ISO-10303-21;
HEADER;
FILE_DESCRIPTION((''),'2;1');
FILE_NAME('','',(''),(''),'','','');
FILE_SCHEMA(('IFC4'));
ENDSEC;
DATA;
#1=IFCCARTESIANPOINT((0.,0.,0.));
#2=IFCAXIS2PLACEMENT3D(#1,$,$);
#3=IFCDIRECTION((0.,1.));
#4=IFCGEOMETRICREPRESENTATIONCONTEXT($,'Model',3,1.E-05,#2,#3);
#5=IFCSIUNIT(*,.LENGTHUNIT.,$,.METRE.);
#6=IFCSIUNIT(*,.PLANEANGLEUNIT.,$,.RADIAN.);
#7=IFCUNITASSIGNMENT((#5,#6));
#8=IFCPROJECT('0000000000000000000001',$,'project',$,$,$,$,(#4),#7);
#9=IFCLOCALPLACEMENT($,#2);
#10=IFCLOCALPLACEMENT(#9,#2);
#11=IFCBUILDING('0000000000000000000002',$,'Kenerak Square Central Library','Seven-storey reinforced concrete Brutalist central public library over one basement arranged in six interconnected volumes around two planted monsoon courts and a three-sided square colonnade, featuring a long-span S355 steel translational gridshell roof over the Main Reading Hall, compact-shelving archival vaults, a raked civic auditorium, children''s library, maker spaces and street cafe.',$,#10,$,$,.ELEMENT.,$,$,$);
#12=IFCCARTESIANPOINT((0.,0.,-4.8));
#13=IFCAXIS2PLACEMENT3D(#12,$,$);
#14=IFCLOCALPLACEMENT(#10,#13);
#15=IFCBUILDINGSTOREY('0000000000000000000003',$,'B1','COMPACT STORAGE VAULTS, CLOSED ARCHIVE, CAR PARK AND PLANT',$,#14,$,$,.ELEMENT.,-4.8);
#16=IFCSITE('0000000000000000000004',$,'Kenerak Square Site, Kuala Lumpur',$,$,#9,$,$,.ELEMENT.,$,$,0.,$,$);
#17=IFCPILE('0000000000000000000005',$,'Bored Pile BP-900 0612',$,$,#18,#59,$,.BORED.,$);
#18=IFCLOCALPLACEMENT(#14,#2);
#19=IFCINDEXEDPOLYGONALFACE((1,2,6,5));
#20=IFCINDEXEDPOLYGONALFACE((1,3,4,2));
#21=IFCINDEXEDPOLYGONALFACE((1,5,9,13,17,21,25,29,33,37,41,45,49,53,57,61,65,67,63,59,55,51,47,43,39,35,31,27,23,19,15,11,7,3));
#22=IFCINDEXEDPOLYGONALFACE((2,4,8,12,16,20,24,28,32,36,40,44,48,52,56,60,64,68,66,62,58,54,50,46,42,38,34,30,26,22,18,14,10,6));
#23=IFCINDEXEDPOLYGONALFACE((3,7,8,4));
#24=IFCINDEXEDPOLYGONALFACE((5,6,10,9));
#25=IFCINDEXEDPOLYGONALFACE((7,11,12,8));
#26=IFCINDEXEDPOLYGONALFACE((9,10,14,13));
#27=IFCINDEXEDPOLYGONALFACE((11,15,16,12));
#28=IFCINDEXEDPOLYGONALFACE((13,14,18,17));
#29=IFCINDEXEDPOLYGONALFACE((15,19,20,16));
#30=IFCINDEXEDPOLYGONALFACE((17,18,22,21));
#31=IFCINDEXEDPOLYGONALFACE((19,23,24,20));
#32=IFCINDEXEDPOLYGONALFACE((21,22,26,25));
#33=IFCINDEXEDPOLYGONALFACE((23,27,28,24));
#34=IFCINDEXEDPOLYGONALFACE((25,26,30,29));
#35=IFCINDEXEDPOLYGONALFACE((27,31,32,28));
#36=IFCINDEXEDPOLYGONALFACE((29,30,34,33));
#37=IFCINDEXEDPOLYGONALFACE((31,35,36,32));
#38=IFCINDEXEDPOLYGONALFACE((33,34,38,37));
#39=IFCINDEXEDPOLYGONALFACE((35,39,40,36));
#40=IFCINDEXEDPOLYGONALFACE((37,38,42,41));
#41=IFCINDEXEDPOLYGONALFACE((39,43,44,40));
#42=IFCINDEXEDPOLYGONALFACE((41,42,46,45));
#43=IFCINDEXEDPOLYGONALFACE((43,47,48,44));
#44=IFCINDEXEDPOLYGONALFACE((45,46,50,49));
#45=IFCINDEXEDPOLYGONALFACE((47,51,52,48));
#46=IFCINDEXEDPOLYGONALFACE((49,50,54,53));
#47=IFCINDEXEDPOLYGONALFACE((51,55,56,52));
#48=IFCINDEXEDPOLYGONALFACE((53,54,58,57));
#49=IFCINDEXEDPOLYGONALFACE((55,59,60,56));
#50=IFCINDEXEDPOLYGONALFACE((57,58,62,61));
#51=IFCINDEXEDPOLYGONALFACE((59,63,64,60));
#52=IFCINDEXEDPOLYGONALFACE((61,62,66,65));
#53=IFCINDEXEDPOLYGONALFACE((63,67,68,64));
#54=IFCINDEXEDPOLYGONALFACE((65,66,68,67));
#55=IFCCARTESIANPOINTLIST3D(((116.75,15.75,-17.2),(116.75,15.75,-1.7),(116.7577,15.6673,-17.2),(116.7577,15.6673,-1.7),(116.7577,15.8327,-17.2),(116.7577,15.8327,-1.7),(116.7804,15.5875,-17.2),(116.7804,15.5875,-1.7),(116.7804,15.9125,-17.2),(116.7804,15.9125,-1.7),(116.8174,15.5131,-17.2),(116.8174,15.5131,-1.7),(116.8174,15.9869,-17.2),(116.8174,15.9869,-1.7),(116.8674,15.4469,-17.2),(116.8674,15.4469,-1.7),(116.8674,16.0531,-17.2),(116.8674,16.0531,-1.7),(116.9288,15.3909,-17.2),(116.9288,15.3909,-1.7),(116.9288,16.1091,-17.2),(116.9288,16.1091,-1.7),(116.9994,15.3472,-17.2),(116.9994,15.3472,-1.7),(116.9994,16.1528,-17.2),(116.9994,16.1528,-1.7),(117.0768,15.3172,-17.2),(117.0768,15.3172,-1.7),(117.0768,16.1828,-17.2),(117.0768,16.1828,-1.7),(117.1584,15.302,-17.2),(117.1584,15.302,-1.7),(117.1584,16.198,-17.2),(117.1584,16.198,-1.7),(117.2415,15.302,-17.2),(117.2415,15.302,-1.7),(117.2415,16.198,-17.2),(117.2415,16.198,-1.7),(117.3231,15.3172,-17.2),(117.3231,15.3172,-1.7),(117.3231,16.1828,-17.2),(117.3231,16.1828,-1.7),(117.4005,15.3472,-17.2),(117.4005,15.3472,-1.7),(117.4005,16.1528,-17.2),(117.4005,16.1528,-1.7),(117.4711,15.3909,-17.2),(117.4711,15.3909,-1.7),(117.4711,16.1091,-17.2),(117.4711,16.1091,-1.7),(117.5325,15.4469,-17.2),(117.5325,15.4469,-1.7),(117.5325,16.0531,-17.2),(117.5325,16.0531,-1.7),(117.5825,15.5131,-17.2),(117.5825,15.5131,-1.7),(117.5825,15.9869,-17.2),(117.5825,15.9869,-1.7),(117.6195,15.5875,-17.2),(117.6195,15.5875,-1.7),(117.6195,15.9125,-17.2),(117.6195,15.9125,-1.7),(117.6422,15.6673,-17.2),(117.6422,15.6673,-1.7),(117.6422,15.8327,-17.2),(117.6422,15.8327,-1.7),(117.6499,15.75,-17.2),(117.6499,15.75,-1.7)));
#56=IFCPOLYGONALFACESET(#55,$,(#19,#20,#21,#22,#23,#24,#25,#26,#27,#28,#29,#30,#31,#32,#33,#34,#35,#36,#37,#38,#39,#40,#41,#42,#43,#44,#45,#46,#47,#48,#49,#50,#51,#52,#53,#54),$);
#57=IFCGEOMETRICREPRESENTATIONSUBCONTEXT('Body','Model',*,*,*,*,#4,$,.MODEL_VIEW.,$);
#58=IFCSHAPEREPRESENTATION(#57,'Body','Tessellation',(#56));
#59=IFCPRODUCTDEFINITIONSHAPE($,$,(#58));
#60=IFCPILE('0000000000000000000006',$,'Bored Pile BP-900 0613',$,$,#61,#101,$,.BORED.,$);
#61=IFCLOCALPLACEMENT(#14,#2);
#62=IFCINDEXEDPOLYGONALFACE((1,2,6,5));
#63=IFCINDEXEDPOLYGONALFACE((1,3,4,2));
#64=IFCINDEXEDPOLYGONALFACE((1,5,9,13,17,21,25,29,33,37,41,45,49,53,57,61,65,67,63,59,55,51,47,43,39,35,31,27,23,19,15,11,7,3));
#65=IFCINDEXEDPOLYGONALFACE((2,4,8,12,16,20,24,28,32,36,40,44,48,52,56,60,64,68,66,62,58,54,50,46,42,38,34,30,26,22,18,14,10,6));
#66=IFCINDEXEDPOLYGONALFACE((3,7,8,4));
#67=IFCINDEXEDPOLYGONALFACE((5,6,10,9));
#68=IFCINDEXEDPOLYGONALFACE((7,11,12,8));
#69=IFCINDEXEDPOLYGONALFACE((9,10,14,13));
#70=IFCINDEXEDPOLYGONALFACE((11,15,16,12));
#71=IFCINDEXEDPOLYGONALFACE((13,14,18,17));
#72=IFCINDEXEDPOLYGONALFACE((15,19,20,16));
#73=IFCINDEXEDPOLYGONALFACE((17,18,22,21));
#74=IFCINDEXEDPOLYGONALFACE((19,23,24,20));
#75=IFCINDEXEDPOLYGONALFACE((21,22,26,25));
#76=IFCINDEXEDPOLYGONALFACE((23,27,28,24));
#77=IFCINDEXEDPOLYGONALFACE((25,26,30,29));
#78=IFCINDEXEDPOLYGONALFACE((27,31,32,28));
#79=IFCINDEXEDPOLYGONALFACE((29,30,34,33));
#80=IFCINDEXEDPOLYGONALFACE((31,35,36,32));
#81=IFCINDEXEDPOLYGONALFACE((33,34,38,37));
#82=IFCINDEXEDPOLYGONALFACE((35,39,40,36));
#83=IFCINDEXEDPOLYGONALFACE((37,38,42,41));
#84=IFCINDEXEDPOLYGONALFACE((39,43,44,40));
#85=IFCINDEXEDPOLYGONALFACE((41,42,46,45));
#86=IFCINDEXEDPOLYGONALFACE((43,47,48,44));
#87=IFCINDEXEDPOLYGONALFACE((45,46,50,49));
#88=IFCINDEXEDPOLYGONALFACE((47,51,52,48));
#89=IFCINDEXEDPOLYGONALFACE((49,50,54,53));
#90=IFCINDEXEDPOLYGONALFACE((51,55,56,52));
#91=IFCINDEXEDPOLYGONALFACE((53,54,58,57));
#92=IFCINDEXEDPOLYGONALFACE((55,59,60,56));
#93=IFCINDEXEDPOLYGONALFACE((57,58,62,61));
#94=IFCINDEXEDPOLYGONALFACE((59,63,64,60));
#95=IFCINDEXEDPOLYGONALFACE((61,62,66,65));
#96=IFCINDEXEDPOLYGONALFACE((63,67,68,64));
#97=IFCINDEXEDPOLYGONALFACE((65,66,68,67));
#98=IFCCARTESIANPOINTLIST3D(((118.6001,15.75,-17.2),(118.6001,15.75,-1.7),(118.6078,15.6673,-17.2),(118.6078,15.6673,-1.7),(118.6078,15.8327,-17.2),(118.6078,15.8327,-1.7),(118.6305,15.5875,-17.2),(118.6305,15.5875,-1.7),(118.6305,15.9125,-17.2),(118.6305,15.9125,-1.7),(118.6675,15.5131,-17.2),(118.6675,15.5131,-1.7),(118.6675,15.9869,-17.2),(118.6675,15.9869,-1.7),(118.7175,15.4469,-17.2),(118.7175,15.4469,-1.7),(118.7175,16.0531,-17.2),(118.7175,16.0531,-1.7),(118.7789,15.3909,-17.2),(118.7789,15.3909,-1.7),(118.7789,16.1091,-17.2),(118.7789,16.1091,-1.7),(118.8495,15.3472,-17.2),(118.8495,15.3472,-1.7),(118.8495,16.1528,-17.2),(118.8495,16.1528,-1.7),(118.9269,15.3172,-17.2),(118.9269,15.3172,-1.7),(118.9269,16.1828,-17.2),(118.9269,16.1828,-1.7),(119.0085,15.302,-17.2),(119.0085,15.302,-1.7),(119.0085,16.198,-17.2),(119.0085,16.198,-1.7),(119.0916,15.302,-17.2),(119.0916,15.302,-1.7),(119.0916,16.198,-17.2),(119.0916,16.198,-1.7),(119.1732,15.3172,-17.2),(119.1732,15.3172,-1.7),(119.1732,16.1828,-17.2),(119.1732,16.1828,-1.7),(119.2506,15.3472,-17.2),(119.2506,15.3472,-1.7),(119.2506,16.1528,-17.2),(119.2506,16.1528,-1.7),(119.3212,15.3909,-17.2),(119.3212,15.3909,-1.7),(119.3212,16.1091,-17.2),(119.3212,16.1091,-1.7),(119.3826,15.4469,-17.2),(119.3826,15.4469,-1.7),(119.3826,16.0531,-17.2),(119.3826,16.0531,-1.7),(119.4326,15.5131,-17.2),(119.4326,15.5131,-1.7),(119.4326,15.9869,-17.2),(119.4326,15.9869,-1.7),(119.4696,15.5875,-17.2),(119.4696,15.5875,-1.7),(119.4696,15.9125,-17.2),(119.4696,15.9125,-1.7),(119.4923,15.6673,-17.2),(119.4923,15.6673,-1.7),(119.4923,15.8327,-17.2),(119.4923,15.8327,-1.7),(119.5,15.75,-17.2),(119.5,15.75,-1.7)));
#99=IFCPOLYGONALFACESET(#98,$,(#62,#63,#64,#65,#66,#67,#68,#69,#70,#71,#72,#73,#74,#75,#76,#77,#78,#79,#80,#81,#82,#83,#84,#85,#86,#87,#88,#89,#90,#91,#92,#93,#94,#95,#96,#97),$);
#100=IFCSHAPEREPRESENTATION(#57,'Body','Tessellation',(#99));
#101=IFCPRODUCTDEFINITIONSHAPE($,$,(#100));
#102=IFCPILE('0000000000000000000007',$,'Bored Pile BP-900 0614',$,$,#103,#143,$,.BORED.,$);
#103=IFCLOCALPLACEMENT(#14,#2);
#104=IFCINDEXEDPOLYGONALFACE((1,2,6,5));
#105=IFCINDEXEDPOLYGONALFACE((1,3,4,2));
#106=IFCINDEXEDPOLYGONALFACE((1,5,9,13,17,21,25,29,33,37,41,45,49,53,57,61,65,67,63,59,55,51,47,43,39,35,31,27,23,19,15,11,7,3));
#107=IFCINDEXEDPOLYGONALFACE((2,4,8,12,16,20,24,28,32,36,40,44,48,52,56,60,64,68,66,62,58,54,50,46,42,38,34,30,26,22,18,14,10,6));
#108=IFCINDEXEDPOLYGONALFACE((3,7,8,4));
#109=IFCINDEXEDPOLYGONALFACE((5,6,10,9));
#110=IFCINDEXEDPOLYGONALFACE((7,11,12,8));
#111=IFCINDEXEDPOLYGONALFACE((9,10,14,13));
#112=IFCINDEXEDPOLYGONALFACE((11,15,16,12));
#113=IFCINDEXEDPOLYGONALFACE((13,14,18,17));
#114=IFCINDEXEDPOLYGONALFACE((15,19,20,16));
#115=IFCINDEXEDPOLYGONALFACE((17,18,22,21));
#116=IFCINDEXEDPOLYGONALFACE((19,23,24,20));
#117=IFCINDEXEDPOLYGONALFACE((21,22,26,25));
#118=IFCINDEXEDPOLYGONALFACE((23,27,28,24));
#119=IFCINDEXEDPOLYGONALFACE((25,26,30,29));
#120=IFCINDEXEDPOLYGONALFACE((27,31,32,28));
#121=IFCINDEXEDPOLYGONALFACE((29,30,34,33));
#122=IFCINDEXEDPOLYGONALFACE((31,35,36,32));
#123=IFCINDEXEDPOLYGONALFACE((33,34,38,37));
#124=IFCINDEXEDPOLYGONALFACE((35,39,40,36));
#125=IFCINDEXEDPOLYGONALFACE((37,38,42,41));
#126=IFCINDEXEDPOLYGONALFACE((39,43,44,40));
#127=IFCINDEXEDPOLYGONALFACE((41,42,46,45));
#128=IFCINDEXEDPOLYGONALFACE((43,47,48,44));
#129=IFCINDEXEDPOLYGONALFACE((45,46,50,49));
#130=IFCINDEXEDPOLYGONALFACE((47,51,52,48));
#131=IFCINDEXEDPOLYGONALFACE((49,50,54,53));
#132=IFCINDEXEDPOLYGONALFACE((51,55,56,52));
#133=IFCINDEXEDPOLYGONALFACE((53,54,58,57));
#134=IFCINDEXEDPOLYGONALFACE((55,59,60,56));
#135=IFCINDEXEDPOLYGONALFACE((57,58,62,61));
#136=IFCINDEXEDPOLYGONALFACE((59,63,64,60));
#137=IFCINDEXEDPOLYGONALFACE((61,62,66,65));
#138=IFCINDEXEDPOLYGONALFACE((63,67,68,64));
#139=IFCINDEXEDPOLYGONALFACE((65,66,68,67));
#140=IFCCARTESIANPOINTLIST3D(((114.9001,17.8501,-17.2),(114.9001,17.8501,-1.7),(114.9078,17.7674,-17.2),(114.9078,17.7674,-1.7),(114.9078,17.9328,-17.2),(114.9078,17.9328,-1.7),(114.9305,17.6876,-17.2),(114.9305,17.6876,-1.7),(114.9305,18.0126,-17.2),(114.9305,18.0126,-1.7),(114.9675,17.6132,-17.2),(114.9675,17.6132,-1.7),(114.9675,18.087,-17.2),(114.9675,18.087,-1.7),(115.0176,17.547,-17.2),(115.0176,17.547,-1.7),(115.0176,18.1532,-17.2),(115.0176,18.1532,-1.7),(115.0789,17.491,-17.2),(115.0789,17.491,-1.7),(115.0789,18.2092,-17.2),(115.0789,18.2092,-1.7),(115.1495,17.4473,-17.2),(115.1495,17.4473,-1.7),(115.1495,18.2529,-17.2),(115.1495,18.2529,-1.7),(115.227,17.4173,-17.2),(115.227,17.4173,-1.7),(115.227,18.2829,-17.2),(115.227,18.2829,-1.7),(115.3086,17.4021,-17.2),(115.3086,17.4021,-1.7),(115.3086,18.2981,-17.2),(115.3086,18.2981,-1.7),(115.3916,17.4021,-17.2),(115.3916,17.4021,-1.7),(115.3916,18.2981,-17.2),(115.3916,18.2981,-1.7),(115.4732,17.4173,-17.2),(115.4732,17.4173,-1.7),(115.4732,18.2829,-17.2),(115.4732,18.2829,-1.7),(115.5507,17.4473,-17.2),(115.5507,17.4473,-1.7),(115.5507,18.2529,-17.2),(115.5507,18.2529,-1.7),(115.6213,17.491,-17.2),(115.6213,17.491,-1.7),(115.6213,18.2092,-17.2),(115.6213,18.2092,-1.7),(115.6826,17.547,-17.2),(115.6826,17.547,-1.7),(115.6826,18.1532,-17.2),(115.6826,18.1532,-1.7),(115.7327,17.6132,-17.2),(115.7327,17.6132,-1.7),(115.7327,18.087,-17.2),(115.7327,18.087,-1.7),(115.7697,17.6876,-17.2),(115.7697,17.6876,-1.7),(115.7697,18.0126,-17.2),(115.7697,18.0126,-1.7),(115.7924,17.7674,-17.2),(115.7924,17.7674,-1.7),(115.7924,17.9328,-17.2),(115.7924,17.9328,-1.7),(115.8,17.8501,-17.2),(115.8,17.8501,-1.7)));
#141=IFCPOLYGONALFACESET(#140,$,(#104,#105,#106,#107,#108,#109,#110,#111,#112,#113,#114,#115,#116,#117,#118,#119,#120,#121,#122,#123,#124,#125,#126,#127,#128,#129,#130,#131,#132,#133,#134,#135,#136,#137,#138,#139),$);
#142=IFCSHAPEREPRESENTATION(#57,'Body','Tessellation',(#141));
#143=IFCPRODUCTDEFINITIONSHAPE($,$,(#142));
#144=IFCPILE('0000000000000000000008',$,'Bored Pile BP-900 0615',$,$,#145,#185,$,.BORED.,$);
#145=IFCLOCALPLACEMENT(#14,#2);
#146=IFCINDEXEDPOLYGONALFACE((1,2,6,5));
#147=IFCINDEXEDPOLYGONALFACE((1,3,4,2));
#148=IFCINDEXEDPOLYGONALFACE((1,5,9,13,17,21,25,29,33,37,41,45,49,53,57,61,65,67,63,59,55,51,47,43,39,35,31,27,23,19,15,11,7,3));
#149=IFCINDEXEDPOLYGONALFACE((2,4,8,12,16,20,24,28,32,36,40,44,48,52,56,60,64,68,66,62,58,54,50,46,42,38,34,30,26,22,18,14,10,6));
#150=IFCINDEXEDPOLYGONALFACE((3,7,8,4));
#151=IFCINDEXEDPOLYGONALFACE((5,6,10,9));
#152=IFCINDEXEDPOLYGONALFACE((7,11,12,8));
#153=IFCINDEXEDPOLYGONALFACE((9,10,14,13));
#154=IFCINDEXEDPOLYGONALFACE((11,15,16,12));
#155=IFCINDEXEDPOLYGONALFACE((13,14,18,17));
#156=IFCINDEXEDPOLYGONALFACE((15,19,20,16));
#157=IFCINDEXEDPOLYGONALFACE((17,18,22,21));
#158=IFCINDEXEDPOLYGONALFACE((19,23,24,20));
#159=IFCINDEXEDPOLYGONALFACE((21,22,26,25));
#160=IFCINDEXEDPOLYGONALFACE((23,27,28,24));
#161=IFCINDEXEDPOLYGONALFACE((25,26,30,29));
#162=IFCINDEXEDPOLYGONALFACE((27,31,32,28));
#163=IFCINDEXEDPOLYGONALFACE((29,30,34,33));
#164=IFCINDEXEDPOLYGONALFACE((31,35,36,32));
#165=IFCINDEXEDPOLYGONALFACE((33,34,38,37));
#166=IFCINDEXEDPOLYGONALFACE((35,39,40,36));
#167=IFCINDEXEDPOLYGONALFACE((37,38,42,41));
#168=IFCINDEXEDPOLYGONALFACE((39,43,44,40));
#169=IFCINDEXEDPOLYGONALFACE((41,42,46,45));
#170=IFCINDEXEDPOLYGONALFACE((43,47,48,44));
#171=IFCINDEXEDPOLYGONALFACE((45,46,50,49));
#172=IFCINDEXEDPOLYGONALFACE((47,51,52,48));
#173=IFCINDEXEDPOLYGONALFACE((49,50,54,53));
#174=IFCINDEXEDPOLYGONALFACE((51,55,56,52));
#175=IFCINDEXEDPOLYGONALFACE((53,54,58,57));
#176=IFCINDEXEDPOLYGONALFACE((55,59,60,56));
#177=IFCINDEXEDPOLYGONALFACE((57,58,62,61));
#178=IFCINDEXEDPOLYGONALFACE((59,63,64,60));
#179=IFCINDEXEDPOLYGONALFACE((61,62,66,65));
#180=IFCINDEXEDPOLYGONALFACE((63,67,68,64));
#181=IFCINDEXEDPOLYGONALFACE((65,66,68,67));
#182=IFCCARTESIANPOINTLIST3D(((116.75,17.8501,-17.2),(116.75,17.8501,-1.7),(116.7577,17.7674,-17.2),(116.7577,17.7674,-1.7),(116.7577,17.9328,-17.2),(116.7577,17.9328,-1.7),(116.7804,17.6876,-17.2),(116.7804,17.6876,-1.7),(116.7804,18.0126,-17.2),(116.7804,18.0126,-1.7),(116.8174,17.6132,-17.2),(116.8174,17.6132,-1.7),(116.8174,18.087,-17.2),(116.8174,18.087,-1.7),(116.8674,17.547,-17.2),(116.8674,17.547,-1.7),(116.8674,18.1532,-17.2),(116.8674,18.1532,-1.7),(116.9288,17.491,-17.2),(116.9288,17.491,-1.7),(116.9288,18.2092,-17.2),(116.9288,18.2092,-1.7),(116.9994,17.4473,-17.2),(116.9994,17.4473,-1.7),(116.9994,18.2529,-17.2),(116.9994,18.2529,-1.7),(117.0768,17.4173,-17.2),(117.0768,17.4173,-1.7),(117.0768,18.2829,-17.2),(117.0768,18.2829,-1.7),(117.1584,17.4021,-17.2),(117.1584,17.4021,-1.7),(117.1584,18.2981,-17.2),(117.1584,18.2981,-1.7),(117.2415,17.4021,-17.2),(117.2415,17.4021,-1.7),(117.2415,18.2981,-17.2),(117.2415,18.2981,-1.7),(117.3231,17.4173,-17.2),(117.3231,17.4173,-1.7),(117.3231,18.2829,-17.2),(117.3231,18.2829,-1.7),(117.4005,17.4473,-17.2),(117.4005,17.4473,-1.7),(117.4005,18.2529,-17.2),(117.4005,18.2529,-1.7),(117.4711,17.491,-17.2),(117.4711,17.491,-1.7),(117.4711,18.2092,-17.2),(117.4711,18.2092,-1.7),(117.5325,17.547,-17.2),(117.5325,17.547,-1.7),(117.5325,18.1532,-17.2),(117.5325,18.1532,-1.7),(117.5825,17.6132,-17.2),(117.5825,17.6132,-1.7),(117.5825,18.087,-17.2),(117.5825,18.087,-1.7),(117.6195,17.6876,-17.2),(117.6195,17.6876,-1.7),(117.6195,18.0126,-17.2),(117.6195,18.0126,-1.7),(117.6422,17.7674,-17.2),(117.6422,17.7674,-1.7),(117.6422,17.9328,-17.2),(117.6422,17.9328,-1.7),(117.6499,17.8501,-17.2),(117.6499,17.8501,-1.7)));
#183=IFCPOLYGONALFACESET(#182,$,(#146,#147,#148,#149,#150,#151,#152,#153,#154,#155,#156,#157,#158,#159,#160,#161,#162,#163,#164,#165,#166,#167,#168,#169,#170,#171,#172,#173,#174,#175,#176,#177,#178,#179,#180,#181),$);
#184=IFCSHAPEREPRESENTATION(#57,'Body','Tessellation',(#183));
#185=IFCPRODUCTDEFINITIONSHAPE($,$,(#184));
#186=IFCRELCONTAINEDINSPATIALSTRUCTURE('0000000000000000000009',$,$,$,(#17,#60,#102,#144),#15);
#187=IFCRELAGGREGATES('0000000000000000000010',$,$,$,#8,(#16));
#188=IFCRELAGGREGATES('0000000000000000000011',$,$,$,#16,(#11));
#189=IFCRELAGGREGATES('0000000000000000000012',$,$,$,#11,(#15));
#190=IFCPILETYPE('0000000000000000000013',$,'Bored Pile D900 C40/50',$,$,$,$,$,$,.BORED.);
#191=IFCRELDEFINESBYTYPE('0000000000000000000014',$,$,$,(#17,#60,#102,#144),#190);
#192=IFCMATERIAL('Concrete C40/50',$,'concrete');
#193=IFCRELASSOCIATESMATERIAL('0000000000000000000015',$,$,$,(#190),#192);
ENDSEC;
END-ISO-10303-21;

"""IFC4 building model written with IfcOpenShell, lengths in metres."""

from ifc_helpers import new_model, si_unit, direction, frame, origin, origin_2d, place, context, subcontext, project, spatial, circle, extrude, material, material_profile, profile_set, type_object, element, save


model = new_model("IFC4")

# Units and contexts
model_context = context("Model", 3, precision=1e-05, world=origin(), true_north=direction((0.0, 1.0)))
body_context = subcontext(model_context, "Body", "Model", "MODEL_VIEW")
ifc_project = project(units=[si_unit("LENGTHUNIT", "METRE"), si_unit("PLANEANGLEUNIT", "RADIAN")], contexts=[model_context])

# Site, building, storey
site_placement = place(None, origin())
site = spatial("IfcSite", under=ifc_project, at=site_placement, Name="Kenerak Square Site, Kuala Lumpur", CompositionType="ELEMENT", RefElevation=0.0)
building_placement = place(site_placement, origin())
building = spatial("IfcBuilding", under=site, at=building_placement, Name="Kenerak Square Central Library", Description="Seven-storey reinforced concrete Brutalist central public library over one basement arranged in six interconnected volumes around two planted monsoon courts and a three-sided square colonnade, featuring a long-span S355 steel translational gridshell roof over the Main Reading Hall, compact-shelving archival vaults, a raked civic auditorium, children's library, maker spaces and street cafe.", CompositionType="ELEMENT")
storey_placement = place(building_placement, frame((0.0, 0.0, -4.8)))
storey = spatial("IfcBuildingStorey", under=building, at=storey_placement, Name="B1", Description="COMPACT STORAGE VAULTS, CLOSED ARCHIVE, CAR PARK AND PLANT", CompositionType="ELEMENT", Elevation=-4.8)

# Piles
ifc_material_1 = material(Name="Concrete C40/50", Category="concrete")
ifc_material_profile_1 = material_profile(ifc_material_1, circle(Radius=0.45, at=origin_2d()), Name="BP D900")
ifc_profile_set_1 = profile_set([ifc_material_profile_1], Name="Concrete C40/50")
pile_type_1 = type_object("IfcPileType", Name="Bored Pile D900 C40/50", PredefinedType="BORED", material=ifc_profile_set_1)
for number, where, z_axis, x_axis, name in (
    (1, (117.2, 15.75, -1.7), (0.0, 0.0, -1.0), (1.0, 0.0, 0.0), "Bored Pile BP-900 0612"),
    (2, (119.05, 15.75, -1.7), (0.0, 0.0, -1.0), (1.0, 0.0, 0.0), "Bored Pile BP-900 0613"),
    (3, (115.3501, 17.8501, -1.7), (0.0, 0.0, -1.0), (1.0, 0.0, 0.0), "Bored Pile BP-900 0614"),
    (4, (117.2, 17.8501, -1.7), (0.0, 0.0, -1.0), (1.0, 0.0, 0.0), "Bored Pile BP-900 0615"),
):
    element("IfcPile", number, at=place(storey_placement, frame(where, z_axis=z_axis, x_axis=x_axis)), inside=storey, type_object=pile_type_1, Name=name, PredefinedType="BORED", context=body_context, shape_type="SweptSolid", body=[
        extrude(circle(Radius=0.45, at=origin_2d()), origin(), (0.0, 0.0, 1.0), 15.5),
    ])

save(model, "model.ifc")
